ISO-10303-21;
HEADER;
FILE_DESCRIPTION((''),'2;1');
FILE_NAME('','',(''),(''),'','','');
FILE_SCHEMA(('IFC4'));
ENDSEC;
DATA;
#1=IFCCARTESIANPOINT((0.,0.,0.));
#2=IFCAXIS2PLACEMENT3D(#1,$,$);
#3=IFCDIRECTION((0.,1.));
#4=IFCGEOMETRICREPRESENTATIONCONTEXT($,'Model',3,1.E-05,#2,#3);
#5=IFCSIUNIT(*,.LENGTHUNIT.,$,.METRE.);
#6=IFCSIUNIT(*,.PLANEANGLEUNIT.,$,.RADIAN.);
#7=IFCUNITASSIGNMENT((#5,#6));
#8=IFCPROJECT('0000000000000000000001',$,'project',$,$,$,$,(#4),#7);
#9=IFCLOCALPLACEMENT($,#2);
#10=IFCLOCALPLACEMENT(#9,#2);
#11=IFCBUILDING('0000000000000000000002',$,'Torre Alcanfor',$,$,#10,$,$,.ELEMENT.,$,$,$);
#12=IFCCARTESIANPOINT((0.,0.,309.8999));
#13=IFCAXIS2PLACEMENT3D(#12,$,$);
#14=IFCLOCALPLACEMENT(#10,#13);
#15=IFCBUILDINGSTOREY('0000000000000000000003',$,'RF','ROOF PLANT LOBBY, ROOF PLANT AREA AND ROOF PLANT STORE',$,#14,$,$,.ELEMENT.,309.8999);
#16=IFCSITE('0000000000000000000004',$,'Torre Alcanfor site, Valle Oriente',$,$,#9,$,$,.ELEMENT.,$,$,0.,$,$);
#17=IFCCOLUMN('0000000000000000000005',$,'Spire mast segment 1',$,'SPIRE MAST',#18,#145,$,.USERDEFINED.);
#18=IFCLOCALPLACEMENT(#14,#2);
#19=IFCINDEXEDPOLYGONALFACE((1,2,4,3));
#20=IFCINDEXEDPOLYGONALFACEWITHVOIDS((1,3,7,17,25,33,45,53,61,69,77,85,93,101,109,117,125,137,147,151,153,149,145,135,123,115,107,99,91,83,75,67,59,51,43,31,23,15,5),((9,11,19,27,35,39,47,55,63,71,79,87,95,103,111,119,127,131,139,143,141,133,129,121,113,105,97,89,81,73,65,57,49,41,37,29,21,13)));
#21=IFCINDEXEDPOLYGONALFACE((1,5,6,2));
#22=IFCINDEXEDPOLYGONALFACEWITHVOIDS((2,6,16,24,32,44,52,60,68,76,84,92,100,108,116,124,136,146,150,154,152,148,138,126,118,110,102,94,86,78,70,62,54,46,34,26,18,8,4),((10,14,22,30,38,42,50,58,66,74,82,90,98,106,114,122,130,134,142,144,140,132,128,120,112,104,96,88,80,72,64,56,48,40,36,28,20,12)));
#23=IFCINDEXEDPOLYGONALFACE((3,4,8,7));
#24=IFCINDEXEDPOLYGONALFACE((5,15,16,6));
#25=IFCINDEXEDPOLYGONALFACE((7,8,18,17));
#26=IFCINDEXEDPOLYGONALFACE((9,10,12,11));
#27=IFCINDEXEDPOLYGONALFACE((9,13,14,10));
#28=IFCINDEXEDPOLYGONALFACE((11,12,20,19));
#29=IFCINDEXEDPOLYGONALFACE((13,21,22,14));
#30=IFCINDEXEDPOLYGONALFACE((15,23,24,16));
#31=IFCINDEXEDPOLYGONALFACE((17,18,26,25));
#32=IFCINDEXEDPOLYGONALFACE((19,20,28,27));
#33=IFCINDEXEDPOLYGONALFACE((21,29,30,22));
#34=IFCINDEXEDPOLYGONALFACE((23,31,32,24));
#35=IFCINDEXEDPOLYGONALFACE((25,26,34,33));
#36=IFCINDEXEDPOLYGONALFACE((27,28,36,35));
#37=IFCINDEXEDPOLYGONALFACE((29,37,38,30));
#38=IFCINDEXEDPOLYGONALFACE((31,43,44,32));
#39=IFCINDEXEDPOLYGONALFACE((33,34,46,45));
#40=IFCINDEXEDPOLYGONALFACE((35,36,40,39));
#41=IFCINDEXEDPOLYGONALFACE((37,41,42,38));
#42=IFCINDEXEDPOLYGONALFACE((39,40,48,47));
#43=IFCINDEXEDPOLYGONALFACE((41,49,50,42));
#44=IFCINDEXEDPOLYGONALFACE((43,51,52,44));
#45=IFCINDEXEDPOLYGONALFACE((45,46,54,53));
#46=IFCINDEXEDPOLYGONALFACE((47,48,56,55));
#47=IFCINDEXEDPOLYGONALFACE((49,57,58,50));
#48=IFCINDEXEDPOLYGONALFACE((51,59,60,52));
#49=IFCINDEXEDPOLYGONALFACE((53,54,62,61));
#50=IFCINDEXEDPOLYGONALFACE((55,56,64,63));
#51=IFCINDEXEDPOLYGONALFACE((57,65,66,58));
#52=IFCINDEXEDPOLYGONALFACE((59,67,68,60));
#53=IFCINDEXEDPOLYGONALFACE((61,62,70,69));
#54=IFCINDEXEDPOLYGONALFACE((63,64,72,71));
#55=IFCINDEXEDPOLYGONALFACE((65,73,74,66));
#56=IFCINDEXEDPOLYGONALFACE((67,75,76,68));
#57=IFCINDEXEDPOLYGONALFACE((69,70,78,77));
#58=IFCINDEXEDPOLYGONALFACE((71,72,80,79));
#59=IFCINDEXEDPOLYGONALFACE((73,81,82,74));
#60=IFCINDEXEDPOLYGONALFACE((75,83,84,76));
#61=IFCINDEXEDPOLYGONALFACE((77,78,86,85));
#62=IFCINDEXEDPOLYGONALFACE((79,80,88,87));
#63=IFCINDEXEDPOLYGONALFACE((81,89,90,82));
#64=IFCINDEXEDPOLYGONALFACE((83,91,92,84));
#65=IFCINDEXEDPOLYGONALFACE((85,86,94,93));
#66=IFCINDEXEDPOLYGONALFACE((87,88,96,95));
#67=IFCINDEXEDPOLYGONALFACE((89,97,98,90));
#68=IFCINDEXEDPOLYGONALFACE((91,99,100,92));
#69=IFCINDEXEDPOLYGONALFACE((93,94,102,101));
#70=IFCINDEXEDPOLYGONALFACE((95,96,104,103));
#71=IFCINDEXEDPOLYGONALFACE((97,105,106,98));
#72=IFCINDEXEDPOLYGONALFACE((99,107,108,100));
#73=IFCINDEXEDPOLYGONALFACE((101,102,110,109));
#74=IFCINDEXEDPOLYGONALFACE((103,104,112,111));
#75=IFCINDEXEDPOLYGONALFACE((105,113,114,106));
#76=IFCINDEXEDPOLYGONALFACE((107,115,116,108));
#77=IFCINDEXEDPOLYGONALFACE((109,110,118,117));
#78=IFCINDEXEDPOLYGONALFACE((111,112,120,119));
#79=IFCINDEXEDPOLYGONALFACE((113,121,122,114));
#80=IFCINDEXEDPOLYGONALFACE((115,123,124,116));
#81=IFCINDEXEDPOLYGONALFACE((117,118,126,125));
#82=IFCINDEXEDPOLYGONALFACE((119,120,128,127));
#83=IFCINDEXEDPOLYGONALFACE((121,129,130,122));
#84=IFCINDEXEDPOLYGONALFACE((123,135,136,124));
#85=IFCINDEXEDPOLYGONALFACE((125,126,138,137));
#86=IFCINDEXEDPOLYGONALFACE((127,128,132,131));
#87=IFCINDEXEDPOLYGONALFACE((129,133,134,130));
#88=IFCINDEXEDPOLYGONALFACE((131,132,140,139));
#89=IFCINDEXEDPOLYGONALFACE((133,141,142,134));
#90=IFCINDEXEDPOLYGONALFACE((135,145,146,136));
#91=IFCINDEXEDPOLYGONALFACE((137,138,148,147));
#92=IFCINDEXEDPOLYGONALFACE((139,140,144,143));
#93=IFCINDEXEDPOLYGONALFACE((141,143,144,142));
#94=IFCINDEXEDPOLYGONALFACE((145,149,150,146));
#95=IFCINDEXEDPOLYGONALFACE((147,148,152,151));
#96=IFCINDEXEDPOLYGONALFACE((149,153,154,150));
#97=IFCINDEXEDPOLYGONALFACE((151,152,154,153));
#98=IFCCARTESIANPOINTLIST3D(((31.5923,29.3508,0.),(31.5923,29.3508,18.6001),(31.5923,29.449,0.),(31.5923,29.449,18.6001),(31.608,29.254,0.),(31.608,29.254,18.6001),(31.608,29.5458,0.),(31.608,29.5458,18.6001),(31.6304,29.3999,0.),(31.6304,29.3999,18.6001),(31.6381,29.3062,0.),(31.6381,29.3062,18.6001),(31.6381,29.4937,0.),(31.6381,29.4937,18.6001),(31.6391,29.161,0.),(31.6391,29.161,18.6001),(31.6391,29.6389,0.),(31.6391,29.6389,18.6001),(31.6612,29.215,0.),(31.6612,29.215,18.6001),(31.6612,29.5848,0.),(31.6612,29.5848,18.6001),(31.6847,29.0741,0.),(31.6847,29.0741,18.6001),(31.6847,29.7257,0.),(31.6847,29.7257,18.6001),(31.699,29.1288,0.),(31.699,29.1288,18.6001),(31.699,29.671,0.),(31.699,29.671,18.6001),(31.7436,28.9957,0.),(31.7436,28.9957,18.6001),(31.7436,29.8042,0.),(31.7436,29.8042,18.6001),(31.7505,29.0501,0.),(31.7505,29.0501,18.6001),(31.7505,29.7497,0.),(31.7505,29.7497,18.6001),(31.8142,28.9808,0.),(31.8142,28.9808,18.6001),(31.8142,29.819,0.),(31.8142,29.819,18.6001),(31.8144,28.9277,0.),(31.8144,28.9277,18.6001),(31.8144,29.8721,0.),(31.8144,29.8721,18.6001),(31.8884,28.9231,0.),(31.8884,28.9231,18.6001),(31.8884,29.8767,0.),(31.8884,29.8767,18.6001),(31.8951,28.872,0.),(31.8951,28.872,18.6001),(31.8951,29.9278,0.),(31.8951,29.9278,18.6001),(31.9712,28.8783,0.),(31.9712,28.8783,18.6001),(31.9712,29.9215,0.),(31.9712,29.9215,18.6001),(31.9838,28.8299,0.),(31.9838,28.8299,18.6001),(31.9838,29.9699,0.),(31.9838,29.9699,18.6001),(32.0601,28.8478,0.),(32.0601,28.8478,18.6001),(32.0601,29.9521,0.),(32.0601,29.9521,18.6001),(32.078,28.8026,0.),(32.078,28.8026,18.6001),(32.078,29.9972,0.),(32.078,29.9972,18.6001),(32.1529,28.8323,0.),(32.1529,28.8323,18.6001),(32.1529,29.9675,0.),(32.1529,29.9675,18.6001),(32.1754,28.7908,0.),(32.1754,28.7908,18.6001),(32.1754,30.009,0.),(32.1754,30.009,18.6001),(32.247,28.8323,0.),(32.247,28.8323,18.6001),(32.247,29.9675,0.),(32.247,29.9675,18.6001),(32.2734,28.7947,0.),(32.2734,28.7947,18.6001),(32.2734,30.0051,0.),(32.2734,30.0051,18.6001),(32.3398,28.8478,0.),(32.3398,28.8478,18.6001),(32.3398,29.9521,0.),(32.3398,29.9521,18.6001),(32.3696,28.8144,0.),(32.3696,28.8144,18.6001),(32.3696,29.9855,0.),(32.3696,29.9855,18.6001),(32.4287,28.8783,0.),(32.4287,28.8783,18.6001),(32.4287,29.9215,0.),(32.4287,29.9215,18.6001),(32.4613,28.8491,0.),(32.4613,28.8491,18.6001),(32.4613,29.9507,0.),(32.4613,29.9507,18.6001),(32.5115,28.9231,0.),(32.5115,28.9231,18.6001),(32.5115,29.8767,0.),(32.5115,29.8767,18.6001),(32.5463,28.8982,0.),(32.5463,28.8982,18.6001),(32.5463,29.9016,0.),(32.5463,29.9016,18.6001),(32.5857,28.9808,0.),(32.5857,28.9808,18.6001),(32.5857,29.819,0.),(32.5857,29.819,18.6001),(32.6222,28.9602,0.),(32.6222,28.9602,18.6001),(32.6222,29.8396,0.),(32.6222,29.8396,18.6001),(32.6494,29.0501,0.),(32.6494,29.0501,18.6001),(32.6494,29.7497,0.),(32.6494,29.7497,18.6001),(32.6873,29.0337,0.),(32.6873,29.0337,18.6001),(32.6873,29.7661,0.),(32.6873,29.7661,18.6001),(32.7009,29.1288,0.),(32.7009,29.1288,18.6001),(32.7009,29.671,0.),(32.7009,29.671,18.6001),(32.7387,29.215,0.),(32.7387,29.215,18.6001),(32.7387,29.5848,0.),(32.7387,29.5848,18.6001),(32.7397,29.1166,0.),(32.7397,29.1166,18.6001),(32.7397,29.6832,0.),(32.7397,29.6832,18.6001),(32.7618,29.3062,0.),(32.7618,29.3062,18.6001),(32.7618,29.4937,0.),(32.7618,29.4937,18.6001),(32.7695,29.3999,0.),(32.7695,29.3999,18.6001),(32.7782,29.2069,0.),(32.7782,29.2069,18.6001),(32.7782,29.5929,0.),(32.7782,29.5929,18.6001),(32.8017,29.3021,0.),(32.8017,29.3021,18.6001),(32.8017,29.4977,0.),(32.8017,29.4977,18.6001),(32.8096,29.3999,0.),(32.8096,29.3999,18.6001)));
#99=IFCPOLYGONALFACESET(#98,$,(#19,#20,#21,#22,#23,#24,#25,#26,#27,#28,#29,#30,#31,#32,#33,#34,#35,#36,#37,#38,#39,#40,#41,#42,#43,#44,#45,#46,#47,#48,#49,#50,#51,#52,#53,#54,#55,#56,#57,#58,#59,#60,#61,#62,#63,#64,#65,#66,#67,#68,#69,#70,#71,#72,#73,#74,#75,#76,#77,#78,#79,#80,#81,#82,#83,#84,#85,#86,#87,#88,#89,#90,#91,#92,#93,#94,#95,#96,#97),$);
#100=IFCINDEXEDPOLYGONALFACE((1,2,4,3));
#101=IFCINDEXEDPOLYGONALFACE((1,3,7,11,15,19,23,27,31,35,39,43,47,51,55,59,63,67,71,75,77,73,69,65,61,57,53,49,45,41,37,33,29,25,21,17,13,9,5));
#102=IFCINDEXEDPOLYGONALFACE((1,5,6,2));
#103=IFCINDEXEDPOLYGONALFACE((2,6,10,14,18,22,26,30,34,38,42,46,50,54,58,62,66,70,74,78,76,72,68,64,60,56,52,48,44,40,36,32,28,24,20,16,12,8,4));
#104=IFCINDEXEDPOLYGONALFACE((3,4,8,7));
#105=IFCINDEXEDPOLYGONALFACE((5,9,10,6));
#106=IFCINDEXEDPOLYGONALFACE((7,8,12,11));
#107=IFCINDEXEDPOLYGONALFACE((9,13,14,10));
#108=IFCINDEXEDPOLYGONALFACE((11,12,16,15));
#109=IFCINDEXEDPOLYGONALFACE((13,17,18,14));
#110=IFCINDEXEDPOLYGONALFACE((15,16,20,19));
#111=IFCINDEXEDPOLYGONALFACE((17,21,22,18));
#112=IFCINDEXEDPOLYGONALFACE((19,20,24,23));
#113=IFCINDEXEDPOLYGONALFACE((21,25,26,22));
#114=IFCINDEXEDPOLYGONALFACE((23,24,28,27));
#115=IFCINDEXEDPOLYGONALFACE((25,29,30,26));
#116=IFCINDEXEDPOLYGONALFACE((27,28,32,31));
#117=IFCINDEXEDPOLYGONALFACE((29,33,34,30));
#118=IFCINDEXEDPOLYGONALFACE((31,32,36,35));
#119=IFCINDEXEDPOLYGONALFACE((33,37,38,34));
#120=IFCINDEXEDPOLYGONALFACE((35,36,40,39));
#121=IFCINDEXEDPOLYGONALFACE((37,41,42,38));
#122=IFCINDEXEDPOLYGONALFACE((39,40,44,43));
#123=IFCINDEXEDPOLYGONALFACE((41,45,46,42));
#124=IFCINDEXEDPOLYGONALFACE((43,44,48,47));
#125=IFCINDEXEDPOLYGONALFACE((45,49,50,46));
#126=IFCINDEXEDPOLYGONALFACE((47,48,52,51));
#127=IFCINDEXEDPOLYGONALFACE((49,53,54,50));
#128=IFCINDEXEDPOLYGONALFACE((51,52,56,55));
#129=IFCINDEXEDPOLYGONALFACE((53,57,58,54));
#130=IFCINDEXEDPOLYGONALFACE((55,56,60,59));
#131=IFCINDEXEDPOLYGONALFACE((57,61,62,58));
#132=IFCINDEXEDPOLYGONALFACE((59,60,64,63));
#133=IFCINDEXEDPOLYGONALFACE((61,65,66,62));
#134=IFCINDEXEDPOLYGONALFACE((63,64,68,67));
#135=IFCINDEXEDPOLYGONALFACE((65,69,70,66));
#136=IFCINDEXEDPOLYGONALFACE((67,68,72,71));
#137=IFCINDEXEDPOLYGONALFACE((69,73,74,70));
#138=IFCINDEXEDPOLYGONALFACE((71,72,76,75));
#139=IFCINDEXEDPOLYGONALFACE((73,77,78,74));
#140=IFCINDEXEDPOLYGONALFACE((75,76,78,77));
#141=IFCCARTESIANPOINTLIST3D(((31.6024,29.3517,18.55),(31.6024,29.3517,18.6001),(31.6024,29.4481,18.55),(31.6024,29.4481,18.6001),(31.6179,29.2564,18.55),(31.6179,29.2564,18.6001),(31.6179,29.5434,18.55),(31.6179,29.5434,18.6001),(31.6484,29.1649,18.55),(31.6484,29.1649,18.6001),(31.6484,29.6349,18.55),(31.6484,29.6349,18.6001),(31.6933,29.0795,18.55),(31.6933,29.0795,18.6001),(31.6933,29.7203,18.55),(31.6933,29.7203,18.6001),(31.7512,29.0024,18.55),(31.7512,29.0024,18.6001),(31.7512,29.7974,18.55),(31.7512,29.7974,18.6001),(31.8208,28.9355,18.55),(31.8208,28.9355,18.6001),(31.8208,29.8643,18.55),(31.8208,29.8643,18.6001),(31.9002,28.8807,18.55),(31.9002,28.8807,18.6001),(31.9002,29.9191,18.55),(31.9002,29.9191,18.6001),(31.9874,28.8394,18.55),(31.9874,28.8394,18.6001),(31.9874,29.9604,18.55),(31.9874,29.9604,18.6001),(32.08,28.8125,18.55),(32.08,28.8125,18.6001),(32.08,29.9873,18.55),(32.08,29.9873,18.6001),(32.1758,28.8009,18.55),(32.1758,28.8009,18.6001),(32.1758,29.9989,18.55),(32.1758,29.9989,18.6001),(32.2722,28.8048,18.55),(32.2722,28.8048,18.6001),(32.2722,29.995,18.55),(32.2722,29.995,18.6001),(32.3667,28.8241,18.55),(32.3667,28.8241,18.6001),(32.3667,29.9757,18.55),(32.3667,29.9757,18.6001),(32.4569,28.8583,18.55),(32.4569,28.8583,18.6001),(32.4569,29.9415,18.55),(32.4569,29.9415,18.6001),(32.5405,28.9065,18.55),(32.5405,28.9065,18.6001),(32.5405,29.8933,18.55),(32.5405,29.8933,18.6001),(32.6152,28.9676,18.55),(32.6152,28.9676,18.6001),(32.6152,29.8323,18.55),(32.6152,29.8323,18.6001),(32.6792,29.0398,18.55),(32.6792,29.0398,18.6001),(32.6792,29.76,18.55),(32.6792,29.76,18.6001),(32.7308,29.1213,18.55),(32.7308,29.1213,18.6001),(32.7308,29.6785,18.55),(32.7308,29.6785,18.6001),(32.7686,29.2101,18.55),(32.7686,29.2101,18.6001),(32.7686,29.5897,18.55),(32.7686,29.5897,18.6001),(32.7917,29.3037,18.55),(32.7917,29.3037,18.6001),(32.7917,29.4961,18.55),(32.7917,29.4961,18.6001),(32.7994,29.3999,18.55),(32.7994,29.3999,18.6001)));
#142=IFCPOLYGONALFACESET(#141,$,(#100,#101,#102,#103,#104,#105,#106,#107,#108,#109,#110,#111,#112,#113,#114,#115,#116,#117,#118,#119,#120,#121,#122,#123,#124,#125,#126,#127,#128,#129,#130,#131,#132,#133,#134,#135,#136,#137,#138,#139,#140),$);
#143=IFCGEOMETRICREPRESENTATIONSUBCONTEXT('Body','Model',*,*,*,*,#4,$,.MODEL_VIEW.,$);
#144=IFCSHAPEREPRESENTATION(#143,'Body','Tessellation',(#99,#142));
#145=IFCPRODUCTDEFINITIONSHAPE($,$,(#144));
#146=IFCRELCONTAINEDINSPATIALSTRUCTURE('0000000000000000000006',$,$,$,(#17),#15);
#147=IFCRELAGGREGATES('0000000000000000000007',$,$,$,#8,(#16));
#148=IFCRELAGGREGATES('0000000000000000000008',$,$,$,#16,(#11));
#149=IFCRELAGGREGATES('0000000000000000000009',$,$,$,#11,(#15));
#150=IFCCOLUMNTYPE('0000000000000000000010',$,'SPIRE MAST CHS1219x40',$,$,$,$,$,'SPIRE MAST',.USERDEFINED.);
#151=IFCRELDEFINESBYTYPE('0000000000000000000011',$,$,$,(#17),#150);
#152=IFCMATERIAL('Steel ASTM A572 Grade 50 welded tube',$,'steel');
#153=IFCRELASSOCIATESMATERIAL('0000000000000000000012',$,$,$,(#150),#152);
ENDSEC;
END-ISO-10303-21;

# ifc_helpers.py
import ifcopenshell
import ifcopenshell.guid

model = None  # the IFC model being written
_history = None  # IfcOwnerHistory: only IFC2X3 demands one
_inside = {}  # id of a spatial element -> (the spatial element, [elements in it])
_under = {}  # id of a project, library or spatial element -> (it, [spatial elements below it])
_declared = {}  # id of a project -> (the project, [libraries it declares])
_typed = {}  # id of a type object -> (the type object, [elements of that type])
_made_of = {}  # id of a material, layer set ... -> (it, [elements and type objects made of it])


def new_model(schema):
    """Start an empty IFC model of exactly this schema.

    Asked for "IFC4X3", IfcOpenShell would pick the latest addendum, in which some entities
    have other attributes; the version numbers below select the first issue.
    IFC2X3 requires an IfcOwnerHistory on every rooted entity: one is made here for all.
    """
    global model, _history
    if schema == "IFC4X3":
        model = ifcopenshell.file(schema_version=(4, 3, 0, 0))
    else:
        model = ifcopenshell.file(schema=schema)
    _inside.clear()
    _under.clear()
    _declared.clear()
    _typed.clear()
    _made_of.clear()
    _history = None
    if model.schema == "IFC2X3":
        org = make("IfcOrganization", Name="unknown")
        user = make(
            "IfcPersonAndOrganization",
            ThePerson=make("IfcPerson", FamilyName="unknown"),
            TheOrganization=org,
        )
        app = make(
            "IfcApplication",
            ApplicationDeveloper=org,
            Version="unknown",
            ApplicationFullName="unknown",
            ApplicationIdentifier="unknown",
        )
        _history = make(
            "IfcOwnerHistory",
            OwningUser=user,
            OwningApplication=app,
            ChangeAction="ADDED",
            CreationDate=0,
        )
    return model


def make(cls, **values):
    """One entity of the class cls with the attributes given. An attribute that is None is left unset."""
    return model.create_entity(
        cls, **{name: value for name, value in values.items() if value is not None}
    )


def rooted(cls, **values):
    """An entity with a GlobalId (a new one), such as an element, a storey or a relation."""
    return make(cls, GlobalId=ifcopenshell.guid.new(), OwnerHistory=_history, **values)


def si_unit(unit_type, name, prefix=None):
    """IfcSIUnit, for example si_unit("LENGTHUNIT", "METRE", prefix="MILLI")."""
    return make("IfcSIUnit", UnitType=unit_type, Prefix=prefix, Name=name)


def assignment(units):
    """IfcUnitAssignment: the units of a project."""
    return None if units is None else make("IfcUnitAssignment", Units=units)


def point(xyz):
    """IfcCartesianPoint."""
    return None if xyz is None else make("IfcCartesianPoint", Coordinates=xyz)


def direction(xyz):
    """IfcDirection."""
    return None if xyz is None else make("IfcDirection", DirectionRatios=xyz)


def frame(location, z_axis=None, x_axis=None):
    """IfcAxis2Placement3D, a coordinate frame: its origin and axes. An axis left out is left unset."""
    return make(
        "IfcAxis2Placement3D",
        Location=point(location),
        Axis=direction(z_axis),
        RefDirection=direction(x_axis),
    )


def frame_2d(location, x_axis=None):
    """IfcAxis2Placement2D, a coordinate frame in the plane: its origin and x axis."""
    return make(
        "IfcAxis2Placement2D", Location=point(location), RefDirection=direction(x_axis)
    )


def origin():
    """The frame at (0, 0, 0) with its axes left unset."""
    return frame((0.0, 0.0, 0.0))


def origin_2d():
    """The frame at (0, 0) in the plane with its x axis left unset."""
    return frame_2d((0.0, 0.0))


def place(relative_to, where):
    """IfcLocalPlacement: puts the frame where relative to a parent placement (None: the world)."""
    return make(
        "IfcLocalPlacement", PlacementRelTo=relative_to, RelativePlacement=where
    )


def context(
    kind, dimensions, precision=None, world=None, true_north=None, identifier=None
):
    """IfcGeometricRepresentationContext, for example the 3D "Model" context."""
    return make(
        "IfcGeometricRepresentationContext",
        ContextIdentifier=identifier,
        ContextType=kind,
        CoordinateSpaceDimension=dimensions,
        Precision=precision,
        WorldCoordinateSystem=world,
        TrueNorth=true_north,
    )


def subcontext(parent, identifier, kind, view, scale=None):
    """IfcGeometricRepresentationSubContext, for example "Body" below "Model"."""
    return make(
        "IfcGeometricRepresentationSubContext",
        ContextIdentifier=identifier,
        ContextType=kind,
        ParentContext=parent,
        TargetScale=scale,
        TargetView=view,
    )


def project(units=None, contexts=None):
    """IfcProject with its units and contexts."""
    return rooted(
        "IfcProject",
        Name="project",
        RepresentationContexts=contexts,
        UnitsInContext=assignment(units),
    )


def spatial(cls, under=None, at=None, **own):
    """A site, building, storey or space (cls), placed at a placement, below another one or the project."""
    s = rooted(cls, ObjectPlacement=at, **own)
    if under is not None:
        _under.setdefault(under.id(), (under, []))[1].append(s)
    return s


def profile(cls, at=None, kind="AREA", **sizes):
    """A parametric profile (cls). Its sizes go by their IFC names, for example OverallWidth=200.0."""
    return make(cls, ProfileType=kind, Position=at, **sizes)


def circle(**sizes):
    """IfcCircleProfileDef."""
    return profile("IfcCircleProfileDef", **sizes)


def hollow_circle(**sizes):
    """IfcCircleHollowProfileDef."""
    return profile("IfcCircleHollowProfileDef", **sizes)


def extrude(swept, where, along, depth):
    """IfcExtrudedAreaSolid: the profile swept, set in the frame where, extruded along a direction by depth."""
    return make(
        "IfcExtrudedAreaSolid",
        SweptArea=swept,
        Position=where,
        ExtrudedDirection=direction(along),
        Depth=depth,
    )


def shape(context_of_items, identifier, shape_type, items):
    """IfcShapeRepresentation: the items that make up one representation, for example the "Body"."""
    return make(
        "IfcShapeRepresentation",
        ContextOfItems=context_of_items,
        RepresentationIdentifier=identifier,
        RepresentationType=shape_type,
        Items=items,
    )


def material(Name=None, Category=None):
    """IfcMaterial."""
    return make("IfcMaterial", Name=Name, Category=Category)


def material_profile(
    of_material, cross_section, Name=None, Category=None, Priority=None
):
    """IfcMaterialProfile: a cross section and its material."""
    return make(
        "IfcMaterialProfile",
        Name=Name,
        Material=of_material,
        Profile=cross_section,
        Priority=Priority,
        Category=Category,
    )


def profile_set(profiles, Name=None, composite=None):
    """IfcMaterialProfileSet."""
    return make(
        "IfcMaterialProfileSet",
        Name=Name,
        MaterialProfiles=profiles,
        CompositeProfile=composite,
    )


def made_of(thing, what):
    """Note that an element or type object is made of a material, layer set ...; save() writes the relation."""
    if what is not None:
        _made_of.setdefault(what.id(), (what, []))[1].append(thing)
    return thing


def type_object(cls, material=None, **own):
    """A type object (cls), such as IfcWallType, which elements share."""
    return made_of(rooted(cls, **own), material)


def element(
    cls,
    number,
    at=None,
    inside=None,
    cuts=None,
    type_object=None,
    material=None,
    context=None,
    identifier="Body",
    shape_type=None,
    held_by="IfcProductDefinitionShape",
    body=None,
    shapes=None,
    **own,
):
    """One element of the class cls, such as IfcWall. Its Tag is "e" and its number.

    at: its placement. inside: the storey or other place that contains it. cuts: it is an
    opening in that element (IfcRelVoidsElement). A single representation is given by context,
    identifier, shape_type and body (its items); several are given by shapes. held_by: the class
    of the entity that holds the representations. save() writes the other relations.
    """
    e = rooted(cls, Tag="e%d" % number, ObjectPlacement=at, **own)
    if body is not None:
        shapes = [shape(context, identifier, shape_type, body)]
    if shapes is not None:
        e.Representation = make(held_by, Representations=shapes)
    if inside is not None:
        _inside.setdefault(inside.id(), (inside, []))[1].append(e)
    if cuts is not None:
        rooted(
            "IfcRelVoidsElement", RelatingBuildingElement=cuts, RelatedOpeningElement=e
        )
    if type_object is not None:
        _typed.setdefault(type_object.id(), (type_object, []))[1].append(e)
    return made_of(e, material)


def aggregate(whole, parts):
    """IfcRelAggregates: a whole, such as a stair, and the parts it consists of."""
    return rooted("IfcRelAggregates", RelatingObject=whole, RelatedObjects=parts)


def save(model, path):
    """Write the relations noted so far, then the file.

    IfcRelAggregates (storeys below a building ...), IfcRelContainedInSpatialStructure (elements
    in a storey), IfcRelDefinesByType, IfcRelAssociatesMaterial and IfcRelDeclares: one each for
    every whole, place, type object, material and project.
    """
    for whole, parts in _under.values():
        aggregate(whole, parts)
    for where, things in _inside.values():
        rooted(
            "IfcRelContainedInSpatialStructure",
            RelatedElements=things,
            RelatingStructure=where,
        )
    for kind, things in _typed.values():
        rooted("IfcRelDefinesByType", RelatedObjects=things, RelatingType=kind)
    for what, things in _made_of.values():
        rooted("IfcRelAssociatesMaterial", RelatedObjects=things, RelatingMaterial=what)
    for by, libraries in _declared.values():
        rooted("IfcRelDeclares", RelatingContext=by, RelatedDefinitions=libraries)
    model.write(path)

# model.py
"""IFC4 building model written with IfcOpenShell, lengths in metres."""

from ifc_helpers import new_model, si_unit, direction, frame, origin, origin_2d, place, context, subcontext, project, spatial, circle, hollow_circle, extrude, material, material_profile, profile_set, type_object, element, save


model = new_model("IFC4")

# Units and contexts
model_context = context("Model", 3, precision=1e-05, world=origin(), true_north=direction((0.0, 1.0)))
body_context = subcontext(model_context, "Body", "Model", "MODEL_VIEW")
ifc_project = project(units=[si_unit("LENGTHUNIT", "METRE"), si_unit("PLANEANGLEUNIT", "RADIAN")], contexts=[model_context])

# Site, building, storey
site_placement = place(None, origin())
site = spatial("IfcSite", under=ifc_project, at=site_placement, Name="Torre Alcanfor site, Valle Oriente", CompositionType="ELEMENT", RefElevation=0.0)
building_placement = place(site_placement, origin())
building = spatial("IfcBuilding", under=site, at=building_placement, Name="Torre Alcanfor", CompositionType="ELEMENT")
storey_placement = place(building_placement, frame((0.0, 0.0, 309.8999)))
storey = spatial("IfcBuildingStorey", under=building, at=storey_placement, Name="RF", Description="ROOF PLANT LOBBY, ROOF PLANT AREA AND ROOF PLANT STORE", CompositionType="ELEMENT", Elevation=309.8999)

# Column
ifc_material_1 = material(Name="Steel ASTM A572 Grade 50 welded tube", Category="steel")
ifc_material_profile_1 = material_profile(ifc_material_1, hollow_circle(Radius=0.6096, WallThickness=0.04, at=origin_2d()), Name="CHS 1219x40")
ifc_profile_set_1 = profile_set([ifc_material_profile_1], Name="Steel ASTM A572 Grade 50 welded tube")
column_type_1 = type_object("IfcColumnType", Name="SPIRE MAST CHS1219x40", ElementType="SPIRE MAST", PredefinedType="USERDEFINED", material=ifc_profile_set_1)
column_1_placement = place(storey_placement, frame((32.2, 29.3999, 0.0), z_axis=(0.0, 0.0, 1.0), x_axis=(1.0, 0.0, 0.0)))
element("IfcColumn", 1, at=column_1_placement, inside=storey, type_object=column_type_1, Name="Spire mast segment 1", ObjectType="SPIRE MAST", PredefinedType="USERDEFINED", context=body_context, shape_type="SweptSolid", body=[
    extrude(hollow_circle(Radius=0.6096, WallThickness=0.04, at=origin_2d()), origin(), (0.0, 0.0, 1.0), 18.6001),
    extrude(circle(Radius=0.5995, at=origin_2d()), frame((0.0, 0.0, 18.55)), (0.0, 0.0, 1.0), 0.05),
])

save(model, "model.ifc")
